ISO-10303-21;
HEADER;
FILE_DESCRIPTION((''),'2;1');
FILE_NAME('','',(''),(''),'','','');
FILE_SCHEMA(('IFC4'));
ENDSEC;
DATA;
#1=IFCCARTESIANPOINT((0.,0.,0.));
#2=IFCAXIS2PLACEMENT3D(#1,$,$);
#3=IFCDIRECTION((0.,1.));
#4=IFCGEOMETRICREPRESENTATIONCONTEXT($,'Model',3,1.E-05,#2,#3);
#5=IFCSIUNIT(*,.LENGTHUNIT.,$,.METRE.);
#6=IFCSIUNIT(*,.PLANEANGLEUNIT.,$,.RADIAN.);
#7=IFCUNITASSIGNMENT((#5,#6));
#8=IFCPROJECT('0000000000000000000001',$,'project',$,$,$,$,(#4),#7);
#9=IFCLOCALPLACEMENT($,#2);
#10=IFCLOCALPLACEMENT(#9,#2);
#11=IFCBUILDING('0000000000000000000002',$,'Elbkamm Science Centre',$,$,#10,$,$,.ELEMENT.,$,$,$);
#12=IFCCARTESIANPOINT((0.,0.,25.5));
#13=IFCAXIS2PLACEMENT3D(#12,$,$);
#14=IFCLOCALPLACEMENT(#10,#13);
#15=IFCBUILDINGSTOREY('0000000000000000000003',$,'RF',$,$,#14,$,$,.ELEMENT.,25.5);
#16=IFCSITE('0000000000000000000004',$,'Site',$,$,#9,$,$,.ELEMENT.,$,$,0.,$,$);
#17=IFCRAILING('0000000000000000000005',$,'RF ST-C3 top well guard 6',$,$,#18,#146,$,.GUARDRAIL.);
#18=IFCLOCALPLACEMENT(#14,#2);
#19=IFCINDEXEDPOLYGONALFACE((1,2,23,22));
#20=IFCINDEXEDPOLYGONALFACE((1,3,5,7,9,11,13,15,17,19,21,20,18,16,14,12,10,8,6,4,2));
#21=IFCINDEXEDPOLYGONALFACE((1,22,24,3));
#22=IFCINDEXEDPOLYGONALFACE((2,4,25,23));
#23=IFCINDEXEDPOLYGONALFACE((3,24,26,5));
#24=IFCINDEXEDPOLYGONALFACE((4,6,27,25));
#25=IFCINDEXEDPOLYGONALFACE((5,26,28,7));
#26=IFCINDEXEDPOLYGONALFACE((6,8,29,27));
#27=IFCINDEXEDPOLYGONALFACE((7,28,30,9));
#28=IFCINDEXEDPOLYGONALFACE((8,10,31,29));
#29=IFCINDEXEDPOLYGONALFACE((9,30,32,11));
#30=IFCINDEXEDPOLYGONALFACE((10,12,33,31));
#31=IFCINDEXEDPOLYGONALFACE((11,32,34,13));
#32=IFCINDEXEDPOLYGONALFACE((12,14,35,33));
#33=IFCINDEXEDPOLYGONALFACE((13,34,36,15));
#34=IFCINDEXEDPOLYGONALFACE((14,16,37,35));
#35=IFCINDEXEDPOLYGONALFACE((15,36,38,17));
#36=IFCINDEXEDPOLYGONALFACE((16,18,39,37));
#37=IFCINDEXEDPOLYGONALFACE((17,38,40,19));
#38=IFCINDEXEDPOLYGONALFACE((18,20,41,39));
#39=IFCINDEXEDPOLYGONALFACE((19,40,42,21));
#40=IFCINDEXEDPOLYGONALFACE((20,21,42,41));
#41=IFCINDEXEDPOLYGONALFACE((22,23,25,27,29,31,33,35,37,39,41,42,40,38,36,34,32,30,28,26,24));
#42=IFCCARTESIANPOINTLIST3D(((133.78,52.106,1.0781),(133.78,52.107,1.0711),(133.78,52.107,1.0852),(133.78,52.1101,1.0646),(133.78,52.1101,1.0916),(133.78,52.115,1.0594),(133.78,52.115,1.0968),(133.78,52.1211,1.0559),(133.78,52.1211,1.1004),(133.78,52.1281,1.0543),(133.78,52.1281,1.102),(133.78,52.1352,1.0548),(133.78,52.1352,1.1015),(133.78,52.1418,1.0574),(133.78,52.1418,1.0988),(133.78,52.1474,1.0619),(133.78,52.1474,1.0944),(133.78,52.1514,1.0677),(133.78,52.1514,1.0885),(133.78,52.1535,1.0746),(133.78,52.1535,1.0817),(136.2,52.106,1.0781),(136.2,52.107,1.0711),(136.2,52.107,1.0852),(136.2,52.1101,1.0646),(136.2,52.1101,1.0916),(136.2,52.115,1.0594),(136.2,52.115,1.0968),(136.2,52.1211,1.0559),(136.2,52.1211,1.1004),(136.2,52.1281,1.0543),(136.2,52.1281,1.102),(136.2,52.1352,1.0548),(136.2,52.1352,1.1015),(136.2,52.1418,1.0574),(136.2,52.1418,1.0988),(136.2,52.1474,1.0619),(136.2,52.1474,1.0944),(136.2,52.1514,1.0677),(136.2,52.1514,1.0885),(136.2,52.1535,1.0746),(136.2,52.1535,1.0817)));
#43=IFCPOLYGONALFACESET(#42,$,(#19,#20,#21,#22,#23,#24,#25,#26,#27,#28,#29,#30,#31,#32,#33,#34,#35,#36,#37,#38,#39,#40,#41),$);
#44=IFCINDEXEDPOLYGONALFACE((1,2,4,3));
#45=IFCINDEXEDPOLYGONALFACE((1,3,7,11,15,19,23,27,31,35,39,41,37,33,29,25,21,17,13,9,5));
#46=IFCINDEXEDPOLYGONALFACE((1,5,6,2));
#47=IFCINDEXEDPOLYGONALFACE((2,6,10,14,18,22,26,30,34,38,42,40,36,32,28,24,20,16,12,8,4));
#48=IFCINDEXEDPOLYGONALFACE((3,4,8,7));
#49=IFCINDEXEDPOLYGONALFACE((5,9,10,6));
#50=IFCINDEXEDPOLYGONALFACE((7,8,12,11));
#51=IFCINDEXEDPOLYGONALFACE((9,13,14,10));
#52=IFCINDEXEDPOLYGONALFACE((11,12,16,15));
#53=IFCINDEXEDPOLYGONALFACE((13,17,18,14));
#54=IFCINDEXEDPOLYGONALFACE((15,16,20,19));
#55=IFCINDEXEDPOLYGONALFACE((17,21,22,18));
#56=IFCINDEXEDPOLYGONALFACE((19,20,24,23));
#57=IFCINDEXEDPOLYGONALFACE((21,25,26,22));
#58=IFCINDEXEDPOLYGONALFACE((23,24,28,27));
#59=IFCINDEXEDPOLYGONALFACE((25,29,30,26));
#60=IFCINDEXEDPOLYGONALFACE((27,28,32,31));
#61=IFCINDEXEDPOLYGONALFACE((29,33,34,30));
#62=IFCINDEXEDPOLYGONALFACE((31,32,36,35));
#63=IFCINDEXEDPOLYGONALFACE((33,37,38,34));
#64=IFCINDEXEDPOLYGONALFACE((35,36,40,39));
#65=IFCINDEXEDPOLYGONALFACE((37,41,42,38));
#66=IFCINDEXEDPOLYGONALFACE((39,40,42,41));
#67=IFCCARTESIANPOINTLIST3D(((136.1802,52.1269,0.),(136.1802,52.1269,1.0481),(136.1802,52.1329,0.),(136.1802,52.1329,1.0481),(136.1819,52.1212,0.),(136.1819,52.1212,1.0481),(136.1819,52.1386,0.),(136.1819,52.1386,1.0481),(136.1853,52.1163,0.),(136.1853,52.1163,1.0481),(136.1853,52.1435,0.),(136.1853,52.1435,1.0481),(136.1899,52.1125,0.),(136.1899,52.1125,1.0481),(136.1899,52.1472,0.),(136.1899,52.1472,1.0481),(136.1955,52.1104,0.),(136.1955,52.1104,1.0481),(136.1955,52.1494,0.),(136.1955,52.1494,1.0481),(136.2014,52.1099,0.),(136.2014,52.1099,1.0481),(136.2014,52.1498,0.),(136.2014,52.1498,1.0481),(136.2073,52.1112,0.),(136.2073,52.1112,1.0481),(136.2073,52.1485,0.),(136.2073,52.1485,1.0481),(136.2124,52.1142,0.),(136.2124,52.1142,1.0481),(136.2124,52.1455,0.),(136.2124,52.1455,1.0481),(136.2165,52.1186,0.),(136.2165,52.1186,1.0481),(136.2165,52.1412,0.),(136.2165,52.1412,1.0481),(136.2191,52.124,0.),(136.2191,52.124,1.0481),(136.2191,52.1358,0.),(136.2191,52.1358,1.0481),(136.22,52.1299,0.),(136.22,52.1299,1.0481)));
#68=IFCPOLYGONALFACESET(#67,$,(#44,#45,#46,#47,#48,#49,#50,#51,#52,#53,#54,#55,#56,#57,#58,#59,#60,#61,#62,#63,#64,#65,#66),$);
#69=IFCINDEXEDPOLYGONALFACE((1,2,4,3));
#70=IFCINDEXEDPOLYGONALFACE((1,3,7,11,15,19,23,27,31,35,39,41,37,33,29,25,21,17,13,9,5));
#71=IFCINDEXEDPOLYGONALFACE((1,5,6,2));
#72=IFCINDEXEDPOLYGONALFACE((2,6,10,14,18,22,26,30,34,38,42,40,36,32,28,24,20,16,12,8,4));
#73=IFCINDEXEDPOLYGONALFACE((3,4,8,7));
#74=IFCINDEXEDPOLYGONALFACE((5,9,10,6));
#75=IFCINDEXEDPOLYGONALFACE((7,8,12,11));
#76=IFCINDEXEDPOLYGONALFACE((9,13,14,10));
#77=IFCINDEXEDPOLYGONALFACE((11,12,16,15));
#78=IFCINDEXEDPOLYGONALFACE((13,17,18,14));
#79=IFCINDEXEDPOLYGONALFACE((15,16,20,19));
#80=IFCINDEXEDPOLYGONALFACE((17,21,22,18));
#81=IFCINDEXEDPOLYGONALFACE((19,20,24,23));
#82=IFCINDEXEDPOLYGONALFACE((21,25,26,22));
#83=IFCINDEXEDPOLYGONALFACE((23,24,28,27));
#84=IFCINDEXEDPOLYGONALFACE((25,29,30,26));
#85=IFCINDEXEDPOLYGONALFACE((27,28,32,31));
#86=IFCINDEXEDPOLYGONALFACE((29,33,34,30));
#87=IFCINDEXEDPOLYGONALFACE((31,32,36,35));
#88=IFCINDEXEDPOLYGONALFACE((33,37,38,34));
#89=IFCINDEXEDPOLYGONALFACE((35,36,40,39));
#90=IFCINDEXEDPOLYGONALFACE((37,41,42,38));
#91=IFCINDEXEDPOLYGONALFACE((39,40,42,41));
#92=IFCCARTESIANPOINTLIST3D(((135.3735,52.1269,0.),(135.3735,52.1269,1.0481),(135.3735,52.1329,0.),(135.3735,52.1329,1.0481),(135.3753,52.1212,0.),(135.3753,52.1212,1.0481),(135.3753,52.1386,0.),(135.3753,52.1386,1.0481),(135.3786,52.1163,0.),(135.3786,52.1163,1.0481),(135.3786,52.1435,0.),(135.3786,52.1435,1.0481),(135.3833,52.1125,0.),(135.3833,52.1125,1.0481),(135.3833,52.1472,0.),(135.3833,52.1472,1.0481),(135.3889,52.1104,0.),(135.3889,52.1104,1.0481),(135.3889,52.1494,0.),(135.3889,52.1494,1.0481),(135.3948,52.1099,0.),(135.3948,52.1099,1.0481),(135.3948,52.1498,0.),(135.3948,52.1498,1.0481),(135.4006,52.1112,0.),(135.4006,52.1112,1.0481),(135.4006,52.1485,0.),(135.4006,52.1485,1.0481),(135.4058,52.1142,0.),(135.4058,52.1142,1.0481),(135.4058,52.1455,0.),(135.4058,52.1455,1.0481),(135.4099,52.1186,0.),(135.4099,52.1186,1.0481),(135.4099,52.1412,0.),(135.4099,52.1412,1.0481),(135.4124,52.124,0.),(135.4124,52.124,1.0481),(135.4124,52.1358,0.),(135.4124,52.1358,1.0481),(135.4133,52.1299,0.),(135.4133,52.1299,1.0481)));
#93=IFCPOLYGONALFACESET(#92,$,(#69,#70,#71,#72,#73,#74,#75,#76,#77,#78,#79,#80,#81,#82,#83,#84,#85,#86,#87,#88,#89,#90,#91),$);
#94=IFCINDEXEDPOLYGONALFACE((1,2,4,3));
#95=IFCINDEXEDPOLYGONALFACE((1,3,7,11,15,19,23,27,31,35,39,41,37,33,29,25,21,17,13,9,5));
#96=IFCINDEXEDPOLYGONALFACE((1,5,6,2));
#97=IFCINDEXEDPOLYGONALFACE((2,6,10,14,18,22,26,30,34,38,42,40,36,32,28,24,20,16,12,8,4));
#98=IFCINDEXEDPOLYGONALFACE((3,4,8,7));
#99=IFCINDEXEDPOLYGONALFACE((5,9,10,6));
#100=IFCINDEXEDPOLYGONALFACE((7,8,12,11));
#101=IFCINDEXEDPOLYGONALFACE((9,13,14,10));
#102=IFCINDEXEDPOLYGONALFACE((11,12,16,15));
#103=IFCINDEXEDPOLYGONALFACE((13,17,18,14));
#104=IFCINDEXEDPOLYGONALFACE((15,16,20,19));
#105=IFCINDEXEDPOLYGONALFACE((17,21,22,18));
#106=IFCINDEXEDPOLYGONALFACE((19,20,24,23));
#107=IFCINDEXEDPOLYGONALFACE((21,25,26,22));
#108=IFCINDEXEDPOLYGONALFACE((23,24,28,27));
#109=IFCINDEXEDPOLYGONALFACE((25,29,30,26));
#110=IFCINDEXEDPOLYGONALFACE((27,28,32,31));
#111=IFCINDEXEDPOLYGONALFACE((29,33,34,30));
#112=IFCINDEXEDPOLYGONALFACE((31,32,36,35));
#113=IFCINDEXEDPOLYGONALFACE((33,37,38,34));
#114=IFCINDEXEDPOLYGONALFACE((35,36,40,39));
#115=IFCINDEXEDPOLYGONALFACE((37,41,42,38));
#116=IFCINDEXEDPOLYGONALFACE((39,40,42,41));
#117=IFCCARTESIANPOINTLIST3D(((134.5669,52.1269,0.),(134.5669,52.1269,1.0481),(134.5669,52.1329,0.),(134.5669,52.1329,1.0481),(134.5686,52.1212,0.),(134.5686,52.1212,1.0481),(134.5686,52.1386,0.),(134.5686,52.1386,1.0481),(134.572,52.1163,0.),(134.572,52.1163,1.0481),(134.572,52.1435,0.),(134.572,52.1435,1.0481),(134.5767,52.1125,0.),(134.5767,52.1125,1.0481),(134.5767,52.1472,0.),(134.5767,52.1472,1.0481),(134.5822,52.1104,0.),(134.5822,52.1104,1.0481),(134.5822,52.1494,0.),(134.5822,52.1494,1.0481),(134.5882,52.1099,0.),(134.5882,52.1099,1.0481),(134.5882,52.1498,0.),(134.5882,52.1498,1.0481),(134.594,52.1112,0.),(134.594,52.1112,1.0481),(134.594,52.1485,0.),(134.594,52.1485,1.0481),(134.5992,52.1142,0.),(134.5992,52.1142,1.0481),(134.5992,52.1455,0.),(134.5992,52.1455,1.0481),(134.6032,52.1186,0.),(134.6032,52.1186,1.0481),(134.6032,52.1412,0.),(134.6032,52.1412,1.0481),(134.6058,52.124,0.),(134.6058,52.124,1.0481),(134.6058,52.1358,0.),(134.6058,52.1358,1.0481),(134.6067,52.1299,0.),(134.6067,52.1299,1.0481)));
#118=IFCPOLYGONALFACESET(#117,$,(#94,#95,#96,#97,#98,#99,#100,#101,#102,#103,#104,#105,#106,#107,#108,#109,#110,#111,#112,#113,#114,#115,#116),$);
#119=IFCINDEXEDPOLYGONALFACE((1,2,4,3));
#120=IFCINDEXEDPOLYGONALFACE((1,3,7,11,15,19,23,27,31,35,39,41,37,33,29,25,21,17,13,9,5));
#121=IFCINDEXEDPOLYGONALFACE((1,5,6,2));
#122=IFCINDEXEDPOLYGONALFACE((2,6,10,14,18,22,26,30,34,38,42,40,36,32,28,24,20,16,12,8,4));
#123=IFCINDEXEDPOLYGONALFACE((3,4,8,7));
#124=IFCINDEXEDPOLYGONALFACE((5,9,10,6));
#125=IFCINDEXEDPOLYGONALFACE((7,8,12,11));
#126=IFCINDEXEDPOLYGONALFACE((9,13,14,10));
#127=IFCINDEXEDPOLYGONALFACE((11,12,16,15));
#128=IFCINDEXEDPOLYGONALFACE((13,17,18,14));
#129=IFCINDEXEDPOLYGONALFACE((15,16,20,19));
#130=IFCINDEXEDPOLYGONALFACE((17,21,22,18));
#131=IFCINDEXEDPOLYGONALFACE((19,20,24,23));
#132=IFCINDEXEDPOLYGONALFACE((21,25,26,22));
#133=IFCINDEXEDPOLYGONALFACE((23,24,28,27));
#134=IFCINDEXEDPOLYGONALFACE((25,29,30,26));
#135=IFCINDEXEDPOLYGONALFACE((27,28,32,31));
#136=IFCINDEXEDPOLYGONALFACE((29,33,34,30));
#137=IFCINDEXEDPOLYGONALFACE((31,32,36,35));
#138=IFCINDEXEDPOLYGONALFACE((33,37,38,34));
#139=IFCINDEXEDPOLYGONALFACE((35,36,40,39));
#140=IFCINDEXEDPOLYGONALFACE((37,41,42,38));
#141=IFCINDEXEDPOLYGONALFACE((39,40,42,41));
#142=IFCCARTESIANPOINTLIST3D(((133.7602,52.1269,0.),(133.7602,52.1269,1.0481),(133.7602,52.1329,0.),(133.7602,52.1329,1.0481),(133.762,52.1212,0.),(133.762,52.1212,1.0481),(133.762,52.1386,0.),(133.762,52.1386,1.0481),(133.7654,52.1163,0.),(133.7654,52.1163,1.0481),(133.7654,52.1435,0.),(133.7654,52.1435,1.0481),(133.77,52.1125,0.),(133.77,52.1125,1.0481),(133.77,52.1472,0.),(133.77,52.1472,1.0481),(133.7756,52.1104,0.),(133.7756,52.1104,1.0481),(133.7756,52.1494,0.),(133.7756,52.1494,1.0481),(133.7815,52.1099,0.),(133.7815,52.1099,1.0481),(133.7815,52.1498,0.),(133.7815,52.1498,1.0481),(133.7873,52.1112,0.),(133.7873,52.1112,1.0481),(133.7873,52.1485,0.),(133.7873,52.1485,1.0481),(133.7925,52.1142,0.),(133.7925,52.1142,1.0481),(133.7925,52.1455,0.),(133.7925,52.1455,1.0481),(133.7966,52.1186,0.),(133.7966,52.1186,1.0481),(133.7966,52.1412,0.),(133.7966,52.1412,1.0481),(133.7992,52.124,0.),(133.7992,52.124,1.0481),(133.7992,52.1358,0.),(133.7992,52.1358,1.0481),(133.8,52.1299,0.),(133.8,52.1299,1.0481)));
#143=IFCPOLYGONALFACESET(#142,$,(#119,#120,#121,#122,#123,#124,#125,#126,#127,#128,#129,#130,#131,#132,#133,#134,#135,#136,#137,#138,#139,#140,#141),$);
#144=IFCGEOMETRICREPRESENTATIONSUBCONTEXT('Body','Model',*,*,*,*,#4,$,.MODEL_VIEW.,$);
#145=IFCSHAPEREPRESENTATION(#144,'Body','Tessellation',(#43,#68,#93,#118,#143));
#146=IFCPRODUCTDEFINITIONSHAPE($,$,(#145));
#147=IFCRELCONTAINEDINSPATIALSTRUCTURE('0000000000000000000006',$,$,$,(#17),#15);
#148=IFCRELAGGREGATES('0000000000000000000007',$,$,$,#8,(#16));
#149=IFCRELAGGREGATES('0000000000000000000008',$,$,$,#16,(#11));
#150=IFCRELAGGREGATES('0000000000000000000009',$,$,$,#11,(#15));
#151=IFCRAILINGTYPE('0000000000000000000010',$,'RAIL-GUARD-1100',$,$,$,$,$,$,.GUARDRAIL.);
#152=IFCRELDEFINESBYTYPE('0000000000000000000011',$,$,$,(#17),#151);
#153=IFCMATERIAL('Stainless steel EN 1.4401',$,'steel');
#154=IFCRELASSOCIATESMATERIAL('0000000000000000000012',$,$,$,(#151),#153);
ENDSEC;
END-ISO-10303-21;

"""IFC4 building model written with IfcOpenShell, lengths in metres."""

from ifc_helpers import new_model, si_unit, direction, frame, origin, origin_2d, place, context, subcontext, project, spatial, circle, extrude, material, type_object, element, save


model = new_model("IFC4")

# Units and contexts
model_context = context("Model", 3, precision=1e-05, world=origin(), true_north=direction((0.0, 1.0)))
body_context = subcontext(model_context, "Body", "Model", "MODEL_VIEW")
ifc_project = project(units=[si_unit("LENGTHUNIT", "METRE"), si_unit("PLANEANGLEUNIT", "RADIAN")], contexts=[model_context])

# Site, building, storey
site_placement = place(None, origin())
site = spatial("IfcSite", under=ifc_project, at=site_placement, Name="Site", CompositionType="ELEMENT", RefElevation=0.0)
building_placement = place(site_placement, origin())
building = spatial("IfcBuilding", under=site, at=building_placement, Name="Elbkamm Science Centre", CompositionType="ELEMENT")
storey_placement = place(building_placement, frame((0.0, 0.0, 25.5)))
storey = spatial("IfcBuildingStorey", under=building, at=storey_placement, Name="RF", CompositionType="ELEMENT", Elevation=25.5)

# Railing
ifc_material_1 = material(Name="Stainless steel EN 1.4401", Category="steel")
railing_type = type_object("IfcRailingType", Name="RAIL-GUARD-1100", PredefinedType="GUARDRAIL", material=ifc_material_1)
for number, where, name in (
    (1, (136.2, 52.1299, 0.0), "RF ST-C3 top well guard 6"),
):
    element("IfcRailing", number, at=place(storey_placement, frame(where)), inside=storey, type_object=railing_type, Name=name, PredefinedType="GUARDRAIL", context=body_context, shape_type="SweptSolid", body=[
        extrude(circle(Radius=0.0239, at=origin_2d()), frame((0.0, 0.0, 1.0781), z_axis=(-1.0, 0.0, 0.0), x_axis=(0.0, -1.0, 0.0)), (0.0, 0.0, 1.0), 2.4199),
        extrude(circle(Radius=0.02, at=origin_2d()), origin(), (0.0, 0.0, 1.0), 1.0481),
        extrude(circle(Radius=0.02, at=origin_2d()), frame((-0.8066, 0.0, 0.0)), (0.0, 0.0, 1.0), 1.0481),
        extrude(circle(Radius=0.02, at=origin_2d()), frame((-1.6133, 0.0, 0.0)), (0.0, 0.0, 1.0), 1.0481),
        extrude(circle(Radius=0.02, at=origin_2d()), frame((-2.4199, 0.0, 0.0)), (0.0, 0.0, 1.0), 1.0481),
    ])

save(model, "model.ifc")
